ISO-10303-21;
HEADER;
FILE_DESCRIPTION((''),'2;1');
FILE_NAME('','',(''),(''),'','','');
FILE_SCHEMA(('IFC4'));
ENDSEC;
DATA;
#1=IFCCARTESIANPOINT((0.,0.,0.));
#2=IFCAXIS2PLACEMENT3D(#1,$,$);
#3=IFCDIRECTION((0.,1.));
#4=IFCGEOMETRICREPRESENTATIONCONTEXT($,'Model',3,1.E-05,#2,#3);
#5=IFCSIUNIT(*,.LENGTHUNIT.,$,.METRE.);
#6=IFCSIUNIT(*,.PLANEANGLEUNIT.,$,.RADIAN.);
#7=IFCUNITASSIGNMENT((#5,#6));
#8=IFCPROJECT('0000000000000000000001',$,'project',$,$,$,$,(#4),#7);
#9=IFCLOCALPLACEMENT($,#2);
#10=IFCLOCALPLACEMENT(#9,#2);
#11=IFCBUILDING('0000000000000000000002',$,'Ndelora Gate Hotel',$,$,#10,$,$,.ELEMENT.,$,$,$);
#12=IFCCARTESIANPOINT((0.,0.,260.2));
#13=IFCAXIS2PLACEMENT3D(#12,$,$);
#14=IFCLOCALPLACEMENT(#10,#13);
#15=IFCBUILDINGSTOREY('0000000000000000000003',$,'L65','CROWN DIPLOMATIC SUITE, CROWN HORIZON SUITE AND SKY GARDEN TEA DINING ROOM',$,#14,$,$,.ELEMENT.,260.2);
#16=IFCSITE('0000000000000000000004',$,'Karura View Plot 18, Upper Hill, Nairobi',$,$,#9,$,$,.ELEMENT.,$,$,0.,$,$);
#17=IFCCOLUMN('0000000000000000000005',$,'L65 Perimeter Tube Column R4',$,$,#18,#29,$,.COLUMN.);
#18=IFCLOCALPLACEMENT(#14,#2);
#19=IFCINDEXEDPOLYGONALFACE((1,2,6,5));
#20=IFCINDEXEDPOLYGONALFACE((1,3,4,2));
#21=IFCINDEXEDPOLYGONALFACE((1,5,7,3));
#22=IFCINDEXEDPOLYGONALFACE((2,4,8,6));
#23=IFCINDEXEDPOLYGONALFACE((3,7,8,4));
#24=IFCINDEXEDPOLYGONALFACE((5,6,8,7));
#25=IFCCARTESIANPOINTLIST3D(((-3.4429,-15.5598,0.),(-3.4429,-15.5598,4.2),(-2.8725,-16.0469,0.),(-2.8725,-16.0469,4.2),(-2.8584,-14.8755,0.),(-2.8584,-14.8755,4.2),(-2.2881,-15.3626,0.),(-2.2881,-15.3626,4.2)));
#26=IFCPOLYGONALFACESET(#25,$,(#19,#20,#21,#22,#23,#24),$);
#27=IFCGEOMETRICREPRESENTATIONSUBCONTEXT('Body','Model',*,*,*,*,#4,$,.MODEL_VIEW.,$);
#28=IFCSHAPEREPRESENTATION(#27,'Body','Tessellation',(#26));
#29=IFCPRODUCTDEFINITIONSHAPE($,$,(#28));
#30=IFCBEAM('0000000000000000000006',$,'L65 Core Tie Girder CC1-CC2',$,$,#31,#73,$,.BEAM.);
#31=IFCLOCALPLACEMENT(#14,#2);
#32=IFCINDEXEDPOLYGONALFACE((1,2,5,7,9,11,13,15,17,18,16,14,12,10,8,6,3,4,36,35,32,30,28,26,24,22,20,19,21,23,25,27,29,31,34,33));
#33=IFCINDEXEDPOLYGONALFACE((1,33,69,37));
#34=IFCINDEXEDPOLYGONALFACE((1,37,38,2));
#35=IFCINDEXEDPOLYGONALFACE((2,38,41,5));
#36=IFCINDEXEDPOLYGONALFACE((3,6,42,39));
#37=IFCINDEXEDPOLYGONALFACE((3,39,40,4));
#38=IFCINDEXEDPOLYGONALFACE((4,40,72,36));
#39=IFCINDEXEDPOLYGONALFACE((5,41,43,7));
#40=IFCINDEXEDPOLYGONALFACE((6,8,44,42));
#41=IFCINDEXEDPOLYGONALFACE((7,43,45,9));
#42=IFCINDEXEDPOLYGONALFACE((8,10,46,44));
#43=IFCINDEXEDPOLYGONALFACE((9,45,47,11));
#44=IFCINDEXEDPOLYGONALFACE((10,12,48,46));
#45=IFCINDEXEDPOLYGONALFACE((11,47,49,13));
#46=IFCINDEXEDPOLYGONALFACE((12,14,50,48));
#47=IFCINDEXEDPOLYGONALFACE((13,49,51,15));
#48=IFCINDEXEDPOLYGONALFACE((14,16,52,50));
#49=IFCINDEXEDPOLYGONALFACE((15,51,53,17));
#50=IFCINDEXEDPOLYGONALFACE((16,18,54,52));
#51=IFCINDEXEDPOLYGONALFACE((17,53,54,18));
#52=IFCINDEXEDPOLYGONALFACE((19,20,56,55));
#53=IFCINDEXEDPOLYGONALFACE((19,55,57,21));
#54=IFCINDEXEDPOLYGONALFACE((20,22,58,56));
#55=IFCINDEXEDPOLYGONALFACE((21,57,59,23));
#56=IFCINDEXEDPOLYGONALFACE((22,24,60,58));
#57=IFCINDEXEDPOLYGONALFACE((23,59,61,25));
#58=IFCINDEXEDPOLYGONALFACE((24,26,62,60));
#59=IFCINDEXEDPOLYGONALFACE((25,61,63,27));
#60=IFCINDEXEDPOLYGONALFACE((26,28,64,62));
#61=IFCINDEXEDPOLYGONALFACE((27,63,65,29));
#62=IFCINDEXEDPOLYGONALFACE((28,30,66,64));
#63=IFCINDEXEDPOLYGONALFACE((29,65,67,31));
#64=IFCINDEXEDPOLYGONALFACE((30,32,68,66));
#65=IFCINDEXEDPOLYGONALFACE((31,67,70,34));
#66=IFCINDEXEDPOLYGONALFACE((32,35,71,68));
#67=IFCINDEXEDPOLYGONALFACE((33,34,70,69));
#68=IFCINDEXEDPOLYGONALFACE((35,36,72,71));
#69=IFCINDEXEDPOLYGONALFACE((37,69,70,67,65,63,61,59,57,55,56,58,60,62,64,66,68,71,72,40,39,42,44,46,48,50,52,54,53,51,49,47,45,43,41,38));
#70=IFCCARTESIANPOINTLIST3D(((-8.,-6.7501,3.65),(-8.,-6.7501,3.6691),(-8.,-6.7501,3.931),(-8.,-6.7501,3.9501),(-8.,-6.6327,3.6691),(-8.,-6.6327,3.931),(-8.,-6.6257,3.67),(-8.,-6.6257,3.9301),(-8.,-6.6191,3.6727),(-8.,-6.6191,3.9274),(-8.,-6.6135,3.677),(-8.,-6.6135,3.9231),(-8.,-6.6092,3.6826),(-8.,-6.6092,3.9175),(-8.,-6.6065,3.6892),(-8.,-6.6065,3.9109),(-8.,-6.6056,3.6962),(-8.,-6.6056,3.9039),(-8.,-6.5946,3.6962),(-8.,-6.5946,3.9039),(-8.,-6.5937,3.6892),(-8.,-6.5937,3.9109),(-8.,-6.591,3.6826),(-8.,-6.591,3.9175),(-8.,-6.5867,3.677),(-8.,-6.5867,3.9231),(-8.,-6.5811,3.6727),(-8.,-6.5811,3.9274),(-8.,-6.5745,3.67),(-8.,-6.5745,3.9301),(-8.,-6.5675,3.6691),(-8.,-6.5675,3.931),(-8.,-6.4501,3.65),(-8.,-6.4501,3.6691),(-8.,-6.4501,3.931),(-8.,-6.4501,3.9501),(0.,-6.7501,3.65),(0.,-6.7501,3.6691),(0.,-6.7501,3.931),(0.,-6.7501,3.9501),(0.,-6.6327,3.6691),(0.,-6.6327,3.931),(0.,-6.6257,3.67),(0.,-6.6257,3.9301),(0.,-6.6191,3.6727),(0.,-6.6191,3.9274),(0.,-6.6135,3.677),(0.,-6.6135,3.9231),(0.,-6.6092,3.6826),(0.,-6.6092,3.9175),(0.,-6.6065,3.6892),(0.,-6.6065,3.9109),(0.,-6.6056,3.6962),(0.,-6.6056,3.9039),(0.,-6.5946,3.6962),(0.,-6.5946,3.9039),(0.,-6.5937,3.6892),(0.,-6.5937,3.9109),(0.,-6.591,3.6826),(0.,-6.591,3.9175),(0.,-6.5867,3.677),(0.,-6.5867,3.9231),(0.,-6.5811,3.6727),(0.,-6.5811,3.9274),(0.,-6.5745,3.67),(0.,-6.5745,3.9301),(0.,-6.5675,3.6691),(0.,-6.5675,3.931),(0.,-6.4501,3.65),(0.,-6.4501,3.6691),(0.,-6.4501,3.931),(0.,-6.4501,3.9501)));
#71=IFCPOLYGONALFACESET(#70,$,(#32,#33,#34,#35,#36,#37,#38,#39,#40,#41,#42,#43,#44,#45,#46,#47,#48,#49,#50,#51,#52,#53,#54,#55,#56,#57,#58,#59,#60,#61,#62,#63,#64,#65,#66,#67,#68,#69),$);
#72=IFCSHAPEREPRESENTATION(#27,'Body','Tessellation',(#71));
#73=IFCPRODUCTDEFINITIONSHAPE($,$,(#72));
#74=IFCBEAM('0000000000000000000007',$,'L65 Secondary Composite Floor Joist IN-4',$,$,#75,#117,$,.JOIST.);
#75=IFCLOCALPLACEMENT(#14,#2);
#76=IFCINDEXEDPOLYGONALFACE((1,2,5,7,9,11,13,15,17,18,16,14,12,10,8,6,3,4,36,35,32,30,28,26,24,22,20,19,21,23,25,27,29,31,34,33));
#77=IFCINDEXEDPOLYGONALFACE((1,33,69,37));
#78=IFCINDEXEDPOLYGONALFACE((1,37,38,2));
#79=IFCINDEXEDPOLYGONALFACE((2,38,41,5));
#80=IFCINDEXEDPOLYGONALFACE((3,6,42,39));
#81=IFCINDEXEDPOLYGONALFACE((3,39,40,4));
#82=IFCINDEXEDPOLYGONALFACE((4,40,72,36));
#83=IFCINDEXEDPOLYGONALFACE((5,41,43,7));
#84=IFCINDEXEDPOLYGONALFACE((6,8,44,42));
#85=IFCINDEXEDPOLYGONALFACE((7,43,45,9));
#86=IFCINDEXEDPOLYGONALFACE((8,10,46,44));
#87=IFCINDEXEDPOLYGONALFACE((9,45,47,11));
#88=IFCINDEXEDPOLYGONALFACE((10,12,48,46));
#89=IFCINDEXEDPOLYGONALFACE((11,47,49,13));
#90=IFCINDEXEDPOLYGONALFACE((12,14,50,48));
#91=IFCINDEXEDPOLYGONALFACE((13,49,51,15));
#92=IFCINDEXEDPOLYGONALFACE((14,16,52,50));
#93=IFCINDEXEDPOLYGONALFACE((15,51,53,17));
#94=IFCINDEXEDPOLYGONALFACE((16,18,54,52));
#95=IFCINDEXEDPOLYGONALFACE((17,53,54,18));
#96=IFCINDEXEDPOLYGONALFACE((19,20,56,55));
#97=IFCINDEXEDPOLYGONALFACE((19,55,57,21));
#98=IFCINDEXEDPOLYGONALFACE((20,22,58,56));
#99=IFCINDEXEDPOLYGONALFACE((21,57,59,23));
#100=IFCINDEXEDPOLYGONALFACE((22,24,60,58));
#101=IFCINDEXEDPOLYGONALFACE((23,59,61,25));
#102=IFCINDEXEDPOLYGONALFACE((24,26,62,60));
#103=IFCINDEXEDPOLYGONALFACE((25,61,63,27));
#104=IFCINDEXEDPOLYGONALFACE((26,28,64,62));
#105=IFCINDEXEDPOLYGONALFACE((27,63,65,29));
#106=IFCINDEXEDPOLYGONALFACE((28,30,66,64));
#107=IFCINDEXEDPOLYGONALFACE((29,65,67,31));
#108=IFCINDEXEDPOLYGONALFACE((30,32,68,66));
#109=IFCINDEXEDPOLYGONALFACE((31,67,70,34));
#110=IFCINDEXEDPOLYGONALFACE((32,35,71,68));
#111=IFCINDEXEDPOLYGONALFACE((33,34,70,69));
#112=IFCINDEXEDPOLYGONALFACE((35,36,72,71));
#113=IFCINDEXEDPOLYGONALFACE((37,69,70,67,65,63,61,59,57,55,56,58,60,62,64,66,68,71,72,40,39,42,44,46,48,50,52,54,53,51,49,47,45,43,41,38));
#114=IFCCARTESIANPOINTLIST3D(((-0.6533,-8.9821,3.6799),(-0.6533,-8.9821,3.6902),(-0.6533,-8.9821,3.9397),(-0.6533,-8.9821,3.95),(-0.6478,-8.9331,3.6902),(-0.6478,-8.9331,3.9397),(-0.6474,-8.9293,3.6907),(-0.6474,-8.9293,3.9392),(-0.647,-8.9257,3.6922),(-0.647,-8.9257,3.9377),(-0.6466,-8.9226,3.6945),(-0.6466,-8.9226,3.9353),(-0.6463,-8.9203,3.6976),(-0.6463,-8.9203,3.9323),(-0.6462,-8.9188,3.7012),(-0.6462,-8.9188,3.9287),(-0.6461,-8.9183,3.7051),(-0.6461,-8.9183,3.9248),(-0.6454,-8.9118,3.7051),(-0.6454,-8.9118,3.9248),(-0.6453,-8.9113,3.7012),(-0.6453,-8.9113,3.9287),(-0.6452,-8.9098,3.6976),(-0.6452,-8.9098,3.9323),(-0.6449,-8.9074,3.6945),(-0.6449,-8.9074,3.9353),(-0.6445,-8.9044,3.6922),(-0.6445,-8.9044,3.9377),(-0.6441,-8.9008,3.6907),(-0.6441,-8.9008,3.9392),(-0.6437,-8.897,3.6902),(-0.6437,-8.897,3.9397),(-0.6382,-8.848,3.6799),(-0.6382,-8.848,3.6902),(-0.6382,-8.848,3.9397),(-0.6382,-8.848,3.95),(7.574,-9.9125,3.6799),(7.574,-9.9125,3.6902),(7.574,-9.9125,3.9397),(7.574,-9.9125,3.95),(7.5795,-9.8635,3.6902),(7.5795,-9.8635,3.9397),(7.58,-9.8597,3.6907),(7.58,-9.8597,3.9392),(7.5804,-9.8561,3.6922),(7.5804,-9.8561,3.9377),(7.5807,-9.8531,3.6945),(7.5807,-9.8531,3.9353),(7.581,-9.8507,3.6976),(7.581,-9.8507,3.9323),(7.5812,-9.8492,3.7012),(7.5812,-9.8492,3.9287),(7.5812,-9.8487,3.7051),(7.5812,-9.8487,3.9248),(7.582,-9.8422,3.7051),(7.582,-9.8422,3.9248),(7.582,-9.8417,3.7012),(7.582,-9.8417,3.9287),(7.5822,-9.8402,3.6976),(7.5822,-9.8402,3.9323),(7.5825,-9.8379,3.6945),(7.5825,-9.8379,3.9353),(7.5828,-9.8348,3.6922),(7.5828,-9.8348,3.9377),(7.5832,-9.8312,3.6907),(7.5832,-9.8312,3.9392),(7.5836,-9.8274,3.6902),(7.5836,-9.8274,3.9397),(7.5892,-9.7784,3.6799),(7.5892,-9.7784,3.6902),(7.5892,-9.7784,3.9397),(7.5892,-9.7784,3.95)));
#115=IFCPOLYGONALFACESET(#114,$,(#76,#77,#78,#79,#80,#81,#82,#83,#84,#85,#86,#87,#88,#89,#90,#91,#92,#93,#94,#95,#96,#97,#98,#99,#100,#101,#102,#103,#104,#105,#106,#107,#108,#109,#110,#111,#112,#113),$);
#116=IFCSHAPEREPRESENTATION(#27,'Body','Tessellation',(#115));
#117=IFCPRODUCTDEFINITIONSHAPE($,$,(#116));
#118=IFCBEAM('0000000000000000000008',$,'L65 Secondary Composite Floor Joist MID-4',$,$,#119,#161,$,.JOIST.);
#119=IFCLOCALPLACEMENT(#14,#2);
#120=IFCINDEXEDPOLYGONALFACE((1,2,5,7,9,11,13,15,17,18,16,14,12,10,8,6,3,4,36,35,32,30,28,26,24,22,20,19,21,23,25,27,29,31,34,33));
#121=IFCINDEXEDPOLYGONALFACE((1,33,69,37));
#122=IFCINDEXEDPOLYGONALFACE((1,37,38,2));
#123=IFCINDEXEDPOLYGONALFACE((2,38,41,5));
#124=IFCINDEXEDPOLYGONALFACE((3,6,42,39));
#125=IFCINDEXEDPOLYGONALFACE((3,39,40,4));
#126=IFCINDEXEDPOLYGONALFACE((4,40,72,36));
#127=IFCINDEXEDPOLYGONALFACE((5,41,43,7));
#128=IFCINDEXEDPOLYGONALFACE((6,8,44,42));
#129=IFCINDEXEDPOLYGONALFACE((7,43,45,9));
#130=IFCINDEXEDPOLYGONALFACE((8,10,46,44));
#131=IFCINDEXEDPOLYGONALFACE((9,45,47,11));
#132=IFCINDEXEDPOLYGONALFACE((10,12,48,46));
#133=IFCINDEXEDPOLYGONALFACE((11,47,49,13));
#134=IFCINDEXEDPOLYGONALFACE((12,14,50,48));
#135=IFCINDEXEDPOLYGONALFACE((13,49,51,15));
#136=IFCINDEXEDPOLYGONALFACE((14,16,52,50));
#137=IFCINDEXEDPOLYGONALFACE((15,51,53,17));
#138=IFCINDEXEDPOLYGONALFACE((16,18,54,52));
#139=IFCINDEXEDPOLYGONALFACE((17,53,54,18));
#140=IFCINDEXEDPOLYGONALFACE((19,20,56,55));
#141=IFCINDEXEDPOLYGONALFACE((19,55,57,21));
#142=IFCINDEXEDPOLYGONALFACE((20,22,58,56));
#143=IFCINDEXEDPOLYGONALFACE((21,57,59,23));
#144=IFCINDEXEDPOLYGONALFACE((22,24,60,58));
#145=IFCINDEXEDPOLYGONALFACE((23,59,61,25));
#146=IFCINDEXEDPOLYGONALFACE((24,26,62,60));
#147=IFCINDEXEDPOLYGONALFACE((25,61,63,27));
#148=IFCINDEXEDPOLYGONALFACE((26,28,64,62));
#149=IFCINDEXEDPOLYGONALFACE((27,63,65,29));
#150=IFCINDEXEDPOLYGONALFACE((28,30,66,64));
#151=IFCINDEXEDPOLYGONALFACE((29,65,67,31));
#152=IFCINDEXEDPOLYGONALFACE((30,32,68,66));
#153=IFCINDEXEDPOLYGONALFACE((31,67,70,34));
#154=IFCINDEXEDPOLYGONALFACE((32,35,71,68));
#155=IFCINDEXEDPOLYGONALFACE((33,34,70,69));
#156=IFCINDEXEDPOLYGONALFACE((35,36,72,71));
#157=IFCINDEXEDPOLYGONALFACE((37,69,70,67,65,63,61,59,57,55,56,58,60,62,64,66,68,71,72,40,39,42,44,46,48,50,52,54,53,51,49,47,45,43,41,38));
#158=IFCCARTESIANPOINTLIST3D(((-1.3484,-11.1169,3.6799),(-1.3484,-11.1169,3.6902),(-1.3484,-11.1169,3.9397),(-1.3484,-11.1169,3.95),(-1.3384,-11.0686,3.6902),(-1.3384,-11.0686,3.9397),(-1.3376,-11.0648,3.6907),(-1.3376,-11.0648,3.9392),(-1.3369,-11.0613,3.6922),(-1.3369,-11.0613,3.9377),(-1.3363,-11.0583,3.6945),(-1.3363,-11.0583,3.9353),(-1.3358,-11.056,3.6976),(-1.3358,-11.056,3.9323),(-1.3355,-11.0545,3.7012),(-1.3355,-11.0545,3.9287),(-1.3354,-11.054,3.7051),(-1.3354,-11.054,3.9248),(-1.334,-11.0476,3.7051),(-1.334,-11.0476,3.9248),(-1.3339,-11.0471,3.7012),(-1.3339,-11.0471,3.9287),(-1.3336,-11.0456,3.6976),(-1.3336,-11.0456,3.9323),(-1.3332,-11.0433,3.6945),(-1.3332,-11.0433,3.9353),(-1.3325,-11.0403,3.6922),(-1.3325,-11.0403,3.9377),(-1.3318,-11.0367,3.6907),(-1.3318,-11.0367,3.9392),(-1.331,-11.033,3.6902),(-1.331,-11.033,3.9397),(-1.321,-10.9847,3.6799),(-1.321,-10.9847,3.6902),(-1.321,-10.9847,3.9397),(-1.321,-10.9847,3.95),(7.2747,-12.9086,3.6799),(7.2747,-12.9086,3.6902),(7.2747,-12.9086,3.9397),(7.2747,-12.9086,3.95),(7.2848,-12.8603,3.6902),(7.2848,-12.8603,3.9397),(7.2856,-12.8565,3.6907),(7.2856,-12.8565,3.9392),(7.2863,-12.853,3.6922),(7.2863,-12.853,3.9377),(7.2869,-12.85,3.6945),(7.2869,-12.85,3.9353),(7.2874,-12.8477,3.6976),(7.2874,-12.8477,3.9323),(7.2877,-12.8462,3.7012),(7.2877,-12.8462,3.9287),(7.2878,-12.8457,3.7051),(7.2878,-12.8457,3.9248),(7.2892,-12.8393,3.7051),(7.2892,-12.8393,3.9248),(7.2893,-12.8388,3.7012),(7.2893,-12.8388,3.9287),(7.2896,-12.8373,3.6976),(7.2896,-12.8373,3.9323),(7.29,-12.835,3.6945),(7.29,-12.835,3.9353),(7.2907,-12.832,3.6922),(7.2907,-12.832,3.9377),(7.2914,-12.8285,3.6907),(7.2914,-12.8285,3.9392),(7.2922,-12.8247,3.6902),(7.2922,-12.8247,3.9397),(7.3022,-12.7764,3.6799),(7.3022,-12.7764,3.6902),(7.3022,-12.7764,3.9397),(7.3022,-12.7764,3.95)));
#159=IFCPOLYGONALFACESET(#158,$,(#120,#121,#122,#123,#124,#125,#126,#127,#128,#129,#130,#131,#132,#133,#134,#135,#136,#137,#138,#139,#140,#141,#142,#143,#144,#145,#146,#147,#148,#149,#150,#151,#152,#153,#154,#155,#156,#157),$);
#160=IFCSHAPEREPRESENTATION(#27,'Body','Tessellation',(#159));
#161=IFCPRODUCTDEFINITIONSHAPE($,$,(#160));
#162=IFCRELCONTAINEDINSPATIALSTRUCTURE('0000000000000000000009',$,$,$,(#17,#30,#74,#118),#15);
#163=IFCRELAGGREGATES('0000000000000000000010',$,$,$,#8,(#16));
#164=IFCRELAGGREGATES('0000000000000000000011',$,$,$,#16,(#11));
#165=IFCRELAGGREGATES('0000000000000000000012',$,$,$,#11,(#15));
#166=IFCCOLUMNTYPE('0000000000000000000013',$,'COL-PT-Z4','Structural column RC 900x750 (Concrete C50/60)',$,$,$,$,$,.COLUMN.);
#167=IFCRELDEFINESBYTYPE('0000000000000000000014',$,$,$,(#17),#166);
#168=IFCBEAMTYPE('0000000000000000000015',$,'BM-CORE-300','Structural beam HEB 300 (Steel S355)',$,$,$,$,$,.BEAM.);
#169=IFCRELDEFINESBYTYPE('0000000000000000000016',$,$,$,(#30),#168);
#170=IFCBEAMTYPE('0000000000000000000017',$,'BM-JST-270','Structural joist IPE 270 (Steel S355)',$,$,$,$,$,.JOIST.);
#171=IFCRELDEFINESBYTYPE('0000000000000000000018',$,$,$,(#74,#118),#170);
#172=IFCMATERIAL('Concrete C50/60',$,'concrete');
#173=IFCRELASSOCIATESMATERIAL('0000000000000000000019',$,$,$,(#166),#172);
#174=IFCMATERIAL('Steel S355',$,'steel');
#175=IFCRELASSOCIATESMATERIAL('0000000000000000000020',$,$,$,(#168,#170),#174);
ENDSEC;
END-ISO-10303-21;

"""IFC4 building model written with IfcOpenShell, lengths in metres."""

from ifc_helpers import new_model, si_unit, direction, frame, origin, origin_2d, place, context, subcontext, project, spatial, rectangle, i_section, extrude, material, material_profile, profile_set, type_object, element, save


model = new_model("IFC4")

# Units and contexts
model_context = context("Model", 3, precision=1e-05, world=origin(), true_north=direction((0.0, 1.0)))
body_context = subcontext(model_context, "Body", "Model", "MODEL_VIEW")
ifc_project = project(units=[si_unit("LENGTHUNIT", "METRE"), si_unit("PLANEANGLEUNIT", "RADIAN")], contexts=[model_context])

# Site, building, storey
site_placement = place(None, origin())
site = spatial("IfcSite", under=ifc_project, at=site_placement, Name="Karura View Plot 18, Upper Hill, Nairobi", CompositionType="ELEMENT", RefElevation=0.0)
building_placement = place(site_placement, origin())
building = spatial("IfcBuilding", under=site, at=building_placement, Name="Ndelora Gate Hotel", CompositionType="ELEMENT")
storey_placement = place(building_placement, frame((0.0, 0.0, 260.2)))
storey = spatial("IfcBuildingStorey", under=building, at=storey_placement, Name="L65", Description="CROWN DIPLOMATIC SUITE, CROWN HORIZON SUITE AND SKY GARDEN TEA DINING ROOM", CompositionType="ELEMENT", Elevation=260.2)

# Column
ifc_material_1 = material(Name="Concrete C50/60", Category="concrete")
ifc_material_profile_1 = material_profile(ifc_material_1, rectangle(XDim=0.75, YDim=0.8999, at=origin_2d()), Name="RC 900x750")
ifc_profile_set_1 = profile_set([ifc_material_profile_1], Name="Concrete C50/60")
column_type = type_object("IfcColumnType", Name="COL-PT-Z4", Description="Structural column RC 900x750 (Concrete C50/60)", PredefinedType="COLUMN", material=ifc_profile_set_1)
column_placement = place(storey_placement, frame((-2.8655, -15.4612, 0.0), z_axis=(0.0, 0.0, 1.0), x_axis=(-0.760406, 0.649448, 0.0)))
element("IfcColumn", 1, at=column_placement, inside=storey, type_object=column_type, Name="L65 Perimeter Tube Column R4", PredefinedType="COLUMN", context=body_context, shape_type="SweptSolid", body=[
    extrude(rectangle(XDim=0.75, YDim=0.8999, at=origin_2d()), origin(), (0.0, 0.0, 1.0), 4.2),
])

# Beams
ifc_material_2 = material(Name="Steel S355", Category="steel")
ifc_material_profile_2 = material_profile(ifc_material_2, i_section(OverallWidth=0.3, OverallDepth=0.3, WebThickness=0.011, FlangeThickness=0.019, FilletRadius=0.0271, at=origin_2d()), Name="HEB 300")
ifc_profile_set_2 = profile_set([ifc_material_profile_2], Name="Steel S355")
beam_type_1 = type_object("IfcBeamType", Name="BM-CORE-300", Description="Structural beam HEB 300 (Steel S355)", PredefinedType="BEAM", material=ifc_profile_set_2)
beam_1_placement = place(storey_placement, frame((-8.0, -6.6001, 3.8), z_axis=(1.0, 0.0, 0.0), x_axis=(0.0, 1.0, 0.0)))
element("IfcBeam", 2, at=beam_1_placement, inside=storey, type_object=beam_type_1, Name="L65 Core Tie Girder CC1-CC2", PredefinedType="BEAM", context=body_context, shape_type="SweptSolid", body=[
    extrude(i_section(OverallWidth=0.3, OverallDepth=0.3, WebThickness=0.011, FlangeThickness=0.019, FilletRadius=0.0271, at=origin_2d()), origin(), (0.0, 0.0, 1.0), 8.0),
])
ifc_material_profile_3 = material_profile(ifc_material_2, i_section(OverallWidth=0.135, OverallDepth=0.27, WebThickness=0.0066, FlangeThickness=0.0103, FilletRadius=0.0149, at=origin_2d()), Name="IPE 270")
ifc_profile_set_3 = profile_set([ifc_material_profile_3], Name="Steel S355")
beam_type_2 = type_object("IfcBeamType", Name="BM-JST-270", Description="Structural joist IPE 270 (Steel S355)", PredefinedType="JOIST", material=ifc_profile_set_3)
beam_2_placement = place(storey_placement, frame((-0.6458, -8.915, 3.8149), z_axis=(0.993666, -0.112373, 0.0), x_axis=(0.112373, 0.993666, 0.0)))
element("IfcBeam", 3, at=beam_2_placement, inside=storey, type_object=beam_type_2, Name="L65 Secondary Composite Floor Joist IN-4", PredefinedType="JOIST", context=body_context, shape_type="SweptSolid", body=[
    extrude(i_section(OverallWidth=0.135, OverallDepth=0.27, WebThickness=0.0066, FlangeThickness=0.0103, FilletRadius=0.0149, at=origin_2d()), origin(), (0.0, 0.0, 1.0), 8.2798),
])
beam_3_placement = place(storey_placement, frame((-1.3347, -11.0508, 3.8149), z_axis=(0.979088, -0.203435, 0.0), x_axis=(0.203435, 0.979088, 0.0)))
element("IfcBeam", 4, at=beam_3_placement, inside=storey, type_object=beam_type_2, Name="L65 Secondary Composite Floor Joist MID-4", PredefinedType="JOIST", context=body_context, shape_type="SweptSolid", body=[
    extrude(i_section(OverallWidth=0.135, OverallDepth=0.27, WebThickness=0.0066, FlangeThickness=0.0103, FilletRadius=0.0149, at=origin_2d()), origin(), (0.0, 0.0, 1.0), 8.8074),
])

save(model, "model.ifc")
